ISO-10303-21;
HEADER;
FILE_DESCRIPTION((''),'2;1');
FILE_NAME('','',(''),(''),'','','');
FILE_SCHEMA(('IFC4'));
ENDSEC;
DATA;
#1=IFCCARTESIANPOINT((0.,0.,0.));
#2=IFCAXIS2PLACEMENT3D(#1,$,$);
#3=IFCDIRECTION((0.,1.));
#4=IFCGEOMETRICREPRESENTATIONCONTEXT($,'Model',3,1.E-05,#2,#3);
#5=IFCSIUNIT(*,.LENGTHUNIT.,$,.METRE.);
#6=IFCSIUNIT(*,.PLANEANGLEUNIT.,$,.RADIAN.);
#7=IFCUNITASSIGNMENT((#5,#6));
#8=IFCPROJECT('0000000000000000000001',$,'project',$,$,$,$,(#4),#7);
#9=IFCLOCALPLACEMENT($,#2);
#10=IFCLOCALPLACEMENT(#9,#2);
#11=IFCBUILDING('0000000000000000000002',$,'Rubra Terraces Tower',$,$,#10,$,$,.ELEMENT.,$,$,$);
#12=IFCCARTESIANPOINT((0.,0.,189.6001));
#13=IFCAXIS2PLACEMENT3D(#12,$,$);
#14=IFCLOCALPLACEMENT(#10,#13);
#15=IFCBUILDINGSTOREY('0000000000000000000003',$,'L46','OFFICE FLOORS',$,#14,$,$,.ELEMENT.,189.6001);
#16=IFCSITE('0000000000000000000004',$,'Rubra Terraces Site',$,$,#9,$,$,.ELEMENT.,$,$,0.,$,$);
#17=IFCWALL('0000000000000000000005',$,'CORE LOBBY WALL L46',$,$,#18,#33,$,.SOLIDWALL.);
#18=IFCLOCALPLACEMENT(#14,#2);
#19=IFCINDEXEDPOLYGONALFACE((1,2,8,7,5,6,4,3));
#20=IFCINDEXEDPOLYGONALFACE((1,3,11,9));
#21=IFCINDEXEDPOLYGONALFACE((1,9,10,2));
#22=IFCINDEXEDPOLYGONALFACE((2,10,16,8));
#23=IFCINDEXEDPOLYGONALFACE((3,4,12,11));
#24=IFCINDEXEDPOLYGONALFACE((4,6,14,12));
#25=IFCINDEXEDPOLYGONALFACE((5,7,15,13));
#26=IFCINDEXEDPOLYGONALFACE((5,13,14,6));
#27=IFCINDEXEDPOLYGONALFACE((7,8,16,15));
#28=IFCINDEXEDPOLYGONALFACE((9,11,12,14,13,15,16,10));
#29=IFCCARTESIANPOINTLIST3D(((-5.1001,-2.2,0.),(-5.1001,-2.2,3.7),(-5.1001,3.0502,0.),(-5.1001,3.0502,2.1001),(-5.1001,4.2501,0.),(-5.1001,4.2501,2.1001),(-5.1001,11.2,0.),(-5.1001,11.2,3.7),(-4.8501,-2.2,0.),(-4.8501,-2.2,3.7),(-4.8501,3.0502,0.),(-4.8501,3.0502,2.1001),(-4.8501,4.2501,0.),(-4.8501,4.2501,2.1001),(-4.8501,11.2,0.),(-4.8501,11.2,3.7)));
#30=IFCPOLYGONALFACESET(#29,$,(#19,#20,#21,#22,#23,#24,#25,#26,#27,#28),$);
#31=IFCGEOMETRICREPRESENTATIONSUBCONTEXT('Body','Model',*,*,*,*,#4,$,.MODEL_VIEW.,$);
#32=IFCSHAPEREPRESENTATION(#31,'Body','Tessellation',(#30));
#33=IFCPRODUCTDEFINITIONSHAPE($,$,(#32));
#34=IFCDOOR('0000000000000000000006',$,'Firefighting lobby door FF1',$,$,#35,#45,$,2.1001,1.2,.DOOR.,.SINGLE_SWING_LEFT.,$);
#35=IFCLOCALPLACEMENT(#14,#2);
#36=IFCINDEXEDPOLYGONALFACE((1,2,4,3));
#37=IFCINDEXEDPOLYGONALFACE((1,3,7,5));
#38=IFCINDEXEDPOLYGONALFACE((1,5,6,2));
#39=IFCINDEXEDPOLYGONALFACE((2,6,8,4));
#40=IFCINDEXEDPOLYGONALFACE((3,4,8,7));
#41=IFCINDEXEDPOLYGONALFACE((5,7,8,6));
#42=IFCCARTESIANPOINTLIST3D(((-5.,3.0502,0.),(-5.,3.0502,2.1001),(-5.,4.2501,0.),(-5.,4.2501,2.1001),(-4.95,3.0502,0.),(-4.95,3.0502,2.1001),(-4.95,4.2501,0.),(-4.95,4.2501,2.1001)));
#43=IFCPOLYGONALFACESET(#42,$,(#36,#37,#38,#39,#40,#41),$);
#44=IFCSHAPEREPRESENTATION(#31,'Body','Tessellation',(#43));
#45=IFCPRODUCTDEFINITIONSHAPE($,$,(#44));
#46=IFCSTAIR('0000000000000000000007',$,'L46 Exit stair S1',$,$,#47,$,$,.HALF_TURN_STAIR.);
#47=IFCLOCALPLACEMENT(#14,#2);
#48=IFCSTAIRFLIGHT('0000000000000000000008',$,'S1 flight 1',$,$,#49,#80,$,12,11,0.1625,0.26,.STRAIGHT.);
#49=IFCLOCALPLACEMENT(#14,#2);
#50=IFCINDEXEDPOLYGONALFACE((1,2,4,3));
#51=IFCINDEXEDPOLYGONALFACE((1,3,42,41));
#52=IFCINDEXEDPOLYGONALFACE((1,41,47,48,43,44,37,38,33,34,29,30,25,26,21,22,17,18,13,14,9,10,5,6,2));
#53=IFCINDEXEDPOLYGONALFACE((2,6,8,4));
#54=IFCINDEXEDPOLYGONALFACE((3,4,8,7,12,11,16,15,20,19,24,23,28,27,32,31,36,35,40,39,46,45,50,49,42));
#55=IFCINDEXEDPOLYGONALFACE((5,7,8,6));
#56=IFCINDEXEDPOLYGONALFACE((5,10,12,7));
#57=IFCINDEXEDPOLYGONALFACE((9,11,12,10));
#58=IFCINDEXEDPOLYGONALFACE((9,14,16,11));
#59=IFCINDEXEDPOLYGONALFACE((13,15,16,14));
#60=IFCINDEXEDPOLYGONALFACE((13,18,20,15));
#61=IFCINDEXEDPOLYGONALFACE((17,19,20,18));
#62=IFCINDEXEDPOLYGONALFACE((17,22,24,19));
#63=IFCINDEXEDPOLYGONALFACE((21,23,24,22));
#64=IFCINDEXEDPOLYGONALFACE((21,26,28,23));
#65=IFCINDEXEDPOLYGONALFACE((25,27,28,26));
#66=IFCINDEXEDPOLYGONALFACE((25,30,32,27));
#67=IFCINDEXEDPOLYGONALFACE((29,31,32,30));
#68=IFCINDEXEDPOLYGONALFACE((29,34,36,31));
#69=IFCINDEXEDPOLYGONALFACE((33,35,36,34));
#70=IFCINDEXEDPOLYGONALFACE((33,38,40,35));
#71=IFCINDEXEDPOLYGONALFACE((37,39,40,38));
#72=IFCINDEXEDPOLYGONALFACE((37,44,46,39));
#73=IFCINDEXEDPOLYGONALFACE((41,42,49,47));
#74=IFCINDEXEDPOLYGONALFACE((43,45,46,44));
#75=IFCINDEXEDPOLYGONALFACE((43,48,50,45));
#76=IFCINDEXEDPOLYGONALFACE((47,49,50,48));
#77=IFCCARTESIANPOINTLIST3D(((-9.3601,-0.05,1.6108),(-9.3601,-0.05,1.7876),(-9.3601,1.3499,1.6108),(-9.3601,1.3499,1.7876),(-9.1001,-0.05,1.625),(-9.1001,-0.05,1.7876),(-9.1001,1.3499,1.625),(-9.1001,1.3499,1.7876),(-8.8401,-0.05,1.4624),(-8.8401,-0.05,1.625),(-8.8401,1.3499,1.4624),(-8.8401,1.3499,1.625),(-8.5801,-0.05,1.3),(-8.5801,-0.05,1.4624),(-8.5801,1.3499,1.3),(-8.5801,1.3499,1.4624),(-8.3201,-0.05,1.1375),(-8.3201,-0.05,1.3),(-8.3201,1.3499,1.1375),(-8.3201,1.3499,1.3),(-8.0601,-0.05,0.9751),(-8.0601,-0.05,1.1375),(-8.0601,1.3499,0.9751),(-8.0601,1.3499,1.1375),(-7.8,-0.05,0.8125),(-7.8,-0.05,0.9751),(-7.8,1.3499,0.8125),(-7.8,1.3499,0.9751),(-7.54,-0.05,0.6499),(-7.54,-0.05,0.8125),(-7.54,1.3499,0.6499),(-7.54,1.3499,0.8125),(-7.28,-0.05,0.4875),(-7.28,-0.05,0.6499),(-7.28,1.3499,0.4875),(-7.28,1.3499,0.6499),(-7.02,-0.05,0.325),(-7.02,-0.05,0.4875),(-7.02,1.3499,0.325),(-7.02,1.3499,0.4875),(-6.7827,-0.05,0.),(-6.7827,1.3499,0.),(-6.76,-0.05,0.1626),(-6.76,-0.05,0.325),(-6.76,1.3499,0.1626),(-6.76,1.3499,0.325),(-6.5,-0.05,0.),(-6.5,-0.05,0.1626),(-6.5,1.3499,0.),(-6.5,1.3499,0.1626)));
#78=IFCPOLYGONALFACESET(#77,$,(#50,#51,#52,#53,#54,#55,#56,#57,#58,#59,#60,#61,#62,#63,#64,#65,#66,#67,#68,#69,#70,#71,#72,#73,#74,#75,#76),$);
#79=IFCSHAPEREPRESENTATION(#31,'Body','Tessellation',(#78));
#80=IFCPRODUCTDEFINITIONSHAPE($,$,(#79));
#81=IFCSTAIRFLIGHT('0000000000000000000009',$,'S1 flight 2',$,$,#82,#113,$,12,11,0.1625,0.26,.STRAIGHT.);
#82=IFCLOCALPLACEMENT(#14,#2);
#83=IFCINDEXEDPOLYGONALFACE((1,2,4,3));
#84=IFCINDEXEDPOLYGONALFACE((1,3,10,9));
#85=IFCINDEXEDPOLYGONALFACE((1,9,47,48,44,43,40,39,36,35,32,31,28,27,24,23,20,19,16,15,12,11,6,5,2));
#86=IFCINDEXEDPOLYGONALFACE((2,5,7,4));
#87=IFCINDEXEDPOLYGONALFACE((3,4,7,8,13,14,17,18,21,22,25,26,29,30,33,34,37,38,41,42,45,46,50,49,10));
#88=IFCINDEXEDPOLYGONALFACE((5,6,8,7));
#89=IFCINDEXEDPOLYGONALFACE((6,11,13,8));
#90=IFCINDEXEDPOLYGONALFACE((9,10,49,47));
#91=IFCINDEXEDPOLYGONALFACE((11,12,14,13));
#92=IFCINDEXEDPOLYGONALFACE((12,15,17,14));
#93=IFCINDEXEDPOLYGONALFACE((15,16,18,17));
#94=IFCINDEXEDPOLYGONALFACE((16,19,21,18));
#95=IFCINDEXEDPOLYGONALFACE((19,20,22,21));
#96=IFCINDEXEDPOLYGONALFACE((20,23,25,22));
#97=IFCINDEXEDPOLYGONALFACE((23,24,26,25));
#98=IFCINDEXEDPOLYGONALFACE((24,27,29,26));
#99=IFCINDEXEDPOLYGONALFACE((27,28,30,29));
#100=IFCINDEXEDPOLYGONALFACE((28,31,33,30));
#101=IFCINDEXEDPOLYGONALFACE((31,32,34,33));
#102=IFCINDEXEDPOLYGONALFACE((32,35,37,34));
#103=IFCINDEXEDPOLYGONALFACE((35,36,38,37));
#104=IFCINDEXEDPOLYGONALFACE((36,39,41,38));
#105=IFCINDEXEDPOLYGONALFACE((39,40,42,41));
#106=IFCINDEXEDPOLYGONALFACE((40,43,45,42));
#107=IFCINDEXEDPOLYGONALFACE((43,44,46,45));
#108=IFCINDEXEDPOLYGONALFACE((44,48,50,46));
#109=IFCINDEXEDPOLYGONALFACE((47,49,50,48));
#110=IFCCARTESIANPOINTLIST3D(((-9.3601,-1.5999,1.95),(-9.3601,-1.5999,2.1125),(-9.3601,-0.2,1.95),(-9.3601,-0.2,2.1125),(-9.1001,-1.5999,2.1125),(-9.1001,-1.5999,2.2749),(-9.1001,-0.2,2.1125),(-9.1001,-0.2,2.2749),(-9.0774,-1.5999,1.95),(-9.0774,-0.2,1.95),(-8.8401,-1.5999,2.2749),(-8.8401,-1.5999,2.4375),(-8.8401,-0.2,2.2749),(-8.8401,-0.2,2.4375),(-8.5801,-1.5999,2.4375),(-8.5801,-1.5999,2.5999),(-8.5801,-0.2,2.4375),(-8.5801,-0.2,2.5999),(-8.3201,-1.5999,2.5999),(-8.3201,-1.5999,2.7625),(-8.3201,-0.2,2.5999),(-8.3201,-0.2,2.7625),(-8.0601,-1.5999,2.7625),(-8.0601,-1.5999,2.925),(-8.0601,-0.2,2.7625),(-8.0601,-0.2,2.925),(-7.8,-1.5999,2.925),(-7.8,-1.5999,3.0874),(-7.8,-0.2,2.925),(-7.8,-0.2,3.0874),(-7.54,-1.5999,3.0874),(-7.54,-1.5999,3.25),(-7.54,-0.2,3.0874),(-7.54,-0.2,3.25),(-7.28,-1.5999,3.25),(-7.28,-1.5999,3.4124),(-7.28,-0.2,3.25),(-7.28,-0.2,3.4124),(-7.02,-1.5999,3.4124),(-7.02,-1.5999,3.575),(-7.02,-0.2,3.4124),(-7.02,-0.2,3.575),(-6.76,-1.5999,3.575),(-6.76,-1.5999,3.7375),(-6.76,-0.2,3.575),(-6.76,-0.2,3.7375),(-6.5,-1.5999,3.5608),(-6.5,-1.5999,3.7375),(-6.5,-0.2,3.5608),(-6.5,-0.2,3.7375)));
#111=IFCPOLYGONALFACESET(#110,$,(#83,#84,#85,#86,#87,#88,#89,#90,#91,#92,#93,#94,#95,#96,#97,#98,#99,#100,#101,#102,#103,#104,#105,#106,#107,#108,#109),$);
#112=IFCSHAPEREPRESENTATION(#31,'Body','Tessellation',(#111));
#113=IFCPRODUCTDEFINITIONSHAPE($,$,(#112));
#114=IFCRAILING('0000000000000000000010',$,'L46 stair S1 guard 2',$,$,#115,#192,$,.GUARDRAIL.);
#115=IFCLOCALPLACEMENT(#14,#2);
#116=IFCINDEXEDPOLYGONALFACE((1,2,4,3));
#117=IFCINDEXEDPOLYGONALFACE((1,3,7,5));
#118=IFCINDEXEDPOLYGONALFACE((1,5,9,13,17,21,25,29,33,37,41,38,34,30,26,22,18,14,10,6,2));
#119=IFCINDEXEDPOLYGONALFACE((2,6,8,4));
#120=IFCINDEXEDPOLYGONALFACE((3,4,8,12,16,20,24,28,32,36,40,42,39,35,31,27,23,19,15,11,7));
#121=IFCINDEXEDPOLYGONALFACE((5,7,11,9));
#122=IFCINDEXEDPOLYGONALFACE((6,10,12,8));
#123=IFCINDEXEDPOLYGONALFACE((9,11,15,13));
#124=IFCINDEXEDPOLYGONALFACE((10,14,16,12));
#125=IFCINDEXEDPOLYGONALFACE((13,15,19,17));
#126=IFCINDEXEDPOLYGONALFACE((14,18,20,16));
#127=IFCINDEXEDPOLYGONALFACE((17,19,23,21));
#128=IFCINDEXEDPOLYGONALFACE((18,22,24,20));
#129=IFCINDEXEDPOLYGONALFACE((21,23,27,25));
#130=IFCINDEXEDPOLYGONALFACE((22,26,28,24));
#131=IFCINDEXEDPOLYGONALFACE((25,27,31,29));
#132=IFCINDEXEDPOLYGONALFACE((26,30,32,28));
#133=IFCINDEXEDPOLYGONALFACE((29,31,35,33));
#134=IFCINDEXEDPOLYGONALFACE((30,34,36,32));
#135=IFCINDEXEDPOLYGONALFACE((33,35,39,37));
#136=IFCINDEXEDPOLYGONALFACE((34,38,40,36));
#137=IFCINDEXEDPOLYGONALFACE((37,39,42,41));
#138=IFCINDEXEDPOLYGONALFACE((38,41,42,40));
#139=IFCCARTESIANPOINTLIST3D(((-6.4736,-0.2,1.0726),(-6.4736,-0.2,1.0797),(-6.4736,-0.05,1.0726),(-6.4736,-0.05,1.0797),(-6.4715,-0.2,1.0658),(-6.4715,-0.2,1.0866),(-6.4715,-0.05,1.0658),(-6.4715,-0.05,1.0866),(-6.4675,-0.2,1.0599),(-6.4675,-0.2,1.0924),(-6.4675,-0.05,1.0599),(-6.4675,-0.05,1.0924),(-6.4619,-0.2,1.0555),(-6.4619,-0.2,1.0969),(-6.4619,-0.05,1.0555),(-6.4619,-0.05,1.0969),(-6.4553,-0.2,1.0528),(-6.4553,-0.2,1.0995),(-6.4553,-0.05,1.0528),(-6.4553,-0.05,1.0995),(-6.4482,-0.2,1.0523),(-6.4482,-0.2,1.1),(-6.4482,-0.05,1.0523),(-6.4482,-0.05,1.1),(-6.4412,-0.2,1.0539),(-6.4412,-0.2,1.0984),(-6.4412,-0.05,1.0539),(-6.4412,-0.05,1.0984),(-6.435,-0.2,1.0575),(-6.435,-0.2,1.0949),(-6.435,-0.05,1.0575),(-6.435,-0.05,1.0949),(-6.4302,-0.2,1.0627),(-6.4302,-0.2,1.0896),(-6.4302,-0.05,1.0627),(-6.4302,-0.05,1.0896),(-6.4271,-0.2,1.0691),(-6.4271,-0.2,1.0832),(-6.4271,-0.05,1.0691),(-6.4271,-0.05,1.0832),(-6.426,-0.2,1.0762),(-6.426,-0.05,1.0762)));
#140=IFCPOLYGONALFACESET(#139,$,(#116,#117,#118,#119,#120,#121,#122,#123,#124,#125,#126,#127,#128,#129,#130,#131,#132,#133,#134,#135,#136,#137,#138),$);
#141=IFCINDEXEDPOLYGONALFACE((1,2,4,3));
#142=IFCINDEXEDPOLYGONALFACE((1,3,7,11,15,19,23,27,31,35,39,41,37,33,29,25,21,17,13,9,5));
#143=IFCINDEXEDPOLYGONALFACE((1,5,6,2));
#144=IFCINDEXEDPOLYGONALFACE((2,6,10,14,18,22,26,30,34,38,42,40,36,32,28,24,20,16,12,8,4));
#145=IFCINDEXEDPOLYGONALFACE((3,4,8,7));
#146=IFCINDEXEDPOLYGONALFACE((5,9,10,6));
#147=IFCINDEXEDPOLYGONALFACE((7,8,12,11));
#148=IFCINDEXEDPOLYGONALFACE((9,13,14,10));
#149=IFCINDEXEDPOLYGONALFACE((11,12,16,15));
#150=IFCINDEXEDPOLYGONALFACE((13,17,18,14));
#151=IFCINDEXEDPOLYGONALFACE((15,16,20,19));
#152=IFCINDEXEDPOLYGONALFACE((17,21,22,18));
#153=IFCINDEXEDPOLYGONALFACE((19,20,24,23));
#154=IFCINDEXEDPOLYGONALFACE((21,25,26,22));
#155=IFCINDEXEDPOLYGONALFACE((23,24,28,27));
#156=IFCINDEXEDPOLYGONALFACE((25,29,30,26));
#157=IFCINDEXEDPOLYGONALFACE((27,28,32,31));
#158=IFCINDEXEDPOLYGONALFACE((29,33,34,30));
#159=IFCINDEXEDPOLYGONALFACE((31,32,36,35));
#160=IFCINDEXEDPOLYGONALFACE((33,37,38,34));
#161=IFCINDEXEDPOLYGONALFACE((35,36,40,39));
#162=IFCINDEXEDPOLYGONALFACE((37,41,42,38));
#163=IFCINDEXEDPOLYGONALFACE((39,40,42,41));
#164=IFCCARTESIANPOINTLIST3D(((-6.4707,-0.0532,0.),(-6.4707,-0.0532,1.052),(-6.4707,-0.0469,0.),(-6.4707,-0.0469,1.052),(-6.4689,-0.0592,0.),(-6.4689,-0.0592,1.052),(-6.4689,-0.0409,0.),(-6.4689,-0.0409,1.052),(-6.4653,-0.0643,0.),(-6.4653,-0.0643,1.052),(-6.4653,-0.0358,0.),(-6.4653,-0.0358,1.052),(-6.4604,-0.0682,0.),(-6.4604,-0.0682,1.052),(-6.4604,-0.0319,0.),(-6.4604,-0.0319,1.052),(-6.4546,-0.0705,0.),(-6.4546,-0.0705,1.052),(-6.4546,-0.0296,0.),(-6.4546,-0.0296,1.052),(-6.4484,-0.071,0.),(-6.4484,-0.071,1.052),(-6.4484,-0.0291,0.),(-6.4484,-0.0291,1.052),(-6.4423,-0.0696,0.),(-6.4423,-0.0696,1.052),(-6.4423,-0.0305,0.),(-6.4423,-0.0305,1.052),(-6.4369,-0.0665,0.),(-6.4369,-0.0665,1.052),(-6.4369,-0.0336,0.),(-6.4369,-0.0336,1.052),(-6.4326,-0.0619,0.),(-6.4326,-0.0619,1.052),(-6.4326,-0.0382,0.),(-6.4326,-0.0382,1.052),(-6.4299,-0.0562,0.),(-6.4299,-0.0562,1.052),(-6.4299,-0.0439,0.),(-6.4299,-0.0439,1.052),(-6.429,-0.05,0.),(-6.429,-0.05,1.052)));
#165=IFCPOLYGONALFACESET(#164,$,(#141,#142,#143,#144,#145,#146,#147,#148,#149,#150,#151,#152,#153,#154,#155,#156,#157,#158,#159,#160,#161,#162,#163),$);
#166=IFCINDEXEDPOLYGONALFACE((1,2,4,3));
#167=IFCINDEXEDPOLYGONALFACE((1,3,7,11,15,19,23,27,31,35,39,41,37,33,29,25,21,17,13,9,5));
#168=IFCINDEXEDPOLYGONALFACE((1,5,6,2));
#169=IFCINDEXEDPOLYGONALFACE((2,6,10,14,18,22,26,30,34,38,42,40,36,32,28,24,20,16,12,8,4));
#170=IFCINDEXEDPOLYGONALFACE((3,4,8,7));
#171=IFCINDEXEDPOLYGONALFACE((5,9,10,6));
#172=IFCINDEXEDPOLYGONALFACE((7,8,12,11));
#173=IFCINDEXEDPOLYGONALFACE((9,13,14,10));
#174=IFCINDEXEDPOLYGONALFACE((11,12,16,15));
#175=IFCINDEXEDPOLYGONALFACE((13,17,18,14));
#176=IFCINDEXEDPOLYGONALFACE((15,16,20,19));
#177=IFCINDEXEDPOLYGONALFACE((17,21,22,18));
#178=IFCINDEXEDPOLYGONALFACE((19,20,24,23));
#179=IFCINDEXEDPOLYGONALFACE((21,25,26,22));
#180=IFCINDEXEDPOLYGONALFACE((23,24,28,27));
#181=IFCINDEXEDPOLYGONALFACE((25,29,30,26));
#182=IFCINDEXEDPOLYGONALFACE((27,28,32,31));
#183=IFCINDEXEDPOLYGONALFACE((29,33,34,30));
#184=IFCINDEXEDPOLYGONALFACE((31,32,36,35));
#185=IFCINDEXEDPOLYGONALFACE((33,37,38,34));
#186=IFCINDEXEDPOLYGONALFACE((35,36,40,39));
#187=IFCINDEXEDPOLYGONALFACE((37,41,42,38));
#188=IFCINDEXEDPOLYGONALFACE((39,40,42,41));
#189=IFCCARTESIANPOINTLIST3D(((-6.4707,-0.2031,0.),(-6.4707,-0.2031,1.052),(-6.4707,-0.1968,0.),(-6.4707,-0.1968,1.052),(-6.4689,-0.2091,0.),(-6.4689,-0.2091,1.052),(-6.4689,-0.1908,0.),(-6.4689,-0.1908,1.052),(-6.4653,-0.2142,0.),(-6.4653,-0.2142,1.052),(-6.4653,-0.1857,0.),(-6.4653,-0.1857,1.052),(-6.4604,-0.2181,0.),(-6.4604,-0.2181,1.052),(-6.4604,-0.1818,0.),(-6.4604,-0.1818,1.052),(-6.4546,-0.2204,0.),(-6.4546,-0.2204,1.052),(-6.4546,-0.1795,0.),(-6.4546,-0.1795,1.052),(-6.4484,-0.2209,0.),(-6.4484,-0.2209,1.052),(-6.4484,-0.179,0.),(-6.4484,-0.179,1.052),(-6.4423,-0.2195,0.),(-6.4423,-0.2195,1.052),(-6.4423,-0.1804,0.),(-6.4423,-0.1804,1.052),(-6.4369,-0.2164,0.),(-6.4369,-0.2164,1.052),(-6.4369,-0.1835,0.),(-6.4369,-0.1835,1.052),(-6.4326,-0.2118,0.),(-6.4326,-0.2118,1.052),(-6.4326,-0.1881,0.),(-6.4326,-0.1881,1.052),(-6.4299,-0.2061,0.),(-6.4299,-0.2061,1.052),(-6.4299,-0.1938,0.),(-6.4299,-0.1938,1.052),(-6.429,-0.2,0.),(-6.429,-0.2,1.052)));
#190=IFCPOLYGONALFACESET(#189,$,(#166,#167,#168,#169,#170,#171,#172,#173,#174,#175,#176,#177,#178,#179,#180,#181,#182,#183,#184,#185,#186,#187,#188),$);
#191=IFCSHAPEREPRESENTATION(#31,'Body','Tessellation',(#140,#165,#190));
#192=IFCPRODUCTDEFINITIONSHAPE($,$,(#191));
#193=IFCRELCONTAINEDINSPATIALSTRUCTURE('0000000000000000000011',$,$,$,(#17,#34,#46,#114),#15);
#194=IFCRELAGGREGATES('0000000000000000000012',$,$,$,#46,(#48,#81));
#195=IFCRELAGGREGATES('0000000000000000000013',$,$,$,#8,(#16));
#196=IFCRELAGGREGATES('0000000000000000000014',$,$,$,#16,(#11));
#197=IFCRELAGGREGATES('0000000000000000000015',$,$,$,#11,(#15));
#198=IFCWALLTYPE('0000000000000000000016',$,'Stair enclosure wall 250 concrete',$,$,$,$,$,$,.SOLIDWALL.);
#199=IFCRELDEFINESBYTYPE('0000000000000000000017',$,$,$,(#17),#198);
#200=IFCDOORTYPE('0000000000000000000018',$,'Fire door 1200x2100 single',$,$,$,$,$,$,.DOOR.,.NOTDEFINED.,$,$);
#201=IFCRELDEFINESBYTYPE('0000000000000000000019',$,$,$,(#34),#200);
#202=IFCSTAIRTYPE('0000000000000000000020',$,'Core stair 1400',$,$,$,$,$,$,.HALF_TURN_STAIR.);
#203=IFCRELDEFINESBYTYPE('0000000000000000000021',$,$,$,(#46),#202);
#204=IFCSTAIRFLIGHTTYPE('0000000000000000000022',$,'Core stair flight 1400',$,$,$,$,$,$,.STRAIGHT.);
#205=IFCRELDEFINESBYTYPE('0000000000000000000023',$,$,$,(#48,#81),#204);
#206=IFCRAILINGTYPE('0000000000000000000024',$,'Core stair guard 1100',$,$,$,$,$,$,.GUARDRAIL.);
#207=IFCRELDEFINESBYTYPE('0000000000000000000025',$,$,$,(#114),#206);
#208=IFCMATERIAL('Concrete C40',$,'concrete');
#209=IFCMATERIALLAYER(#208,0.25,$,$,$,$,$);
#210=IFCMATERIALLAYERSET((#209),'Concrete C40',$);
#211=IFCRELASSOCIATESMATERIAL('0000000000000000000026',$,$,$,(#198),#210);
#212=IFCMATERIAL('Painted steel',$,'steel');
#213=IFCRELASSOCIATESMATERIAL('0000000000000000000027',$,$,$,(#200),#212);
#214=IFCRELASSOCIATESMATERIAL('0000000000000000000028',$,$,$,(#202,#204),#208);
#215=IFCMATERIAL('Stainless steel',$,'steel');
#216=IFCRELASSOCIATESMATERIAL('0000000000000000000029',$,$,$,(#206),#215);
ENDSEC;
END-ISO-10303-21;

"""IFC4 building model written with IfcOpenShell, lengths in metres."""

from ifc_helpers import new_model, si_unit, direction, frame, frame_2d, origin, origin_2d, place, context, subcontext, project, spatial, polyline, rectangle, circle, outline, extrude, material, layer, layer_set, type_object, element, fill, aggregate, save


model = new_model("IFC4")

# Units and contexts
model_context = context("Model", 3, precision=1e-05, world=origin(), true_north=direction((0.0, 1.0)))
body_context = subcontext(model_context, "Body", "Model", "MODEL_VIEW")
ifc_project = project(units=[si_unit("LENGTHUNIT", "METRE"), si_unit("PLANEANGLEUNIT", "RADIAN")], contexts=[model_context])

# Site, building, storey
site_placement = place(None, origin())
site = spatial("IfcSite", under=ifc_project, at=site_placement, Name="Rubra Terraces Site", CompositionType="ELEMENT", RefElevation=0.0)
building_placement = place(site_placement, origin())
building = spatial("IfcBuilding", under=site, at=building_placement, Name="Rubra Terraces Tower", CompositionType="ELEMENT")
storey_placement = place(building_placement, frame((0.0, 0.0, 189.6001)))
storey = spatial("IfcBuildingStorey", under=building, at=storey_placement, Name="L46", Description="OFFICE FLOORS", CompositionType="ELEMENT", Elevation=189.6001)

# Shared definitions
ifc_material_1 = material(Name="Painted steel", Category="steel")

# Shared definitions
ifc_material_2 = material(Name="Concrete C40", Category="concrete")

# Wall, opening, door
ifc_layer_1 = layer(ifc_material_2, 0.25)
ifc_layer_set_1 = layer_set([ifc_layer_1], Name="Concrete C40")
wall_type_1 = type_object("IfcWallType", Name="Stair enclosure wall 250 concrete", PredefinedType="SOLIDWALL", material=ifc_layer_set_1)
wall_1_placement = place(storey_placement, frame((-4.9751, -2.2, 0.0), z_axis=(0.0, 0.0, 1.0), x_axis=(0.0, 1.0, 0.0)))
wall_1 = element("IfcWall", 1, at=wall_1_placement, inside=storey, type_object=wall_type_1, Name="CORE LOBBY WALL L46", PredefinedType="SOLIDWALL", context=body_context, shape_type="SweptSolid", body=[
    extrude(rectangle(XDim=13.3999, YDim=0.25, at=frame_2d((6.7, 0.0))), origin(), (0.0, 0.0, 1.0), 3.7),
])
opening_1_placement = place(wall_1_placement, frame((5.25, 0.0, 0.0)))
opening_1 = element("IfcOpeningElement", 2, at=opening_1_placement, cuts=wall_1, PredefinedType="OPENING", context=body_context, shape_type="SweptSolid", body=[
    extrude(rectangle(XDim=1.2, YDim=2.1001, at=frame_2d((0.6001, 1.05))), frame((0.0, 0.135, 0.0), z_axis=(0.0, -1.0, 0.0), x_axis=(1.0, 0.0, 0.0)), (0.0, 0.0, 1.0), 0.27),
])
door_type_1 = type_object("IfcDoorType", Name="Fire door 1200x2100 single", OperationType="NOTDEFINED", PredefinedType="DOOR", material=ifc_material_1)
door_1_placement = place(opening_1_placement, origin())
door_1 = element("IfcDoor", 3, at=door_1_placement, inside=storey, type_object=door_type_1, Name="Firefighting lobby door FF1", OperationType="SINGLE_SWING_LEFT", OverallHeight=2.1001, OverallWidth=1.2, PredefinedType="DOOR", context=body_context, shape_type="SweptSolid", body=[
    extrude(rectangle(XDim=1.2, YDim=2.1001, at=frame_2d((0.6001, 1.05))), frame((0.0, 0.0249, 0.0), z_axis=(0.0, -1.0, 0.0), x_axis=(1.0, 0.0, 0.0)), (0.0, 0.0, 1.0), 0.05),
])
fill(opening_1, door_1)

# Stair, stair flights
stair_type = type_object("IfcStairType", Name="Core stair 1400", PredefinedType="HALF_TURN_STAIR", material=ifc_material_2)
stair_placement = place(storey_placement, origin())
stair = element("IfcStair", 4, at=stair_placement, inside=storey, type_object=stair_type, Name="L46 Exit stair S1", PredefinedType="HALF_TURN_STAIR")
stair_flight_type = type_object("IfcStairFlightType", Name="Core stair flight 1400", PredefinedType="STRAIGHT", material=ifc_material_2)
stair_flight_1_placement = place(storey_placement, frame((-6.5, 0.6499, 0.0), z_axis=(0.0, 0.0, 1.0), x_axis=(-1.0, 0.0, 0.0)))
stair_flight_1 = element("IfcStairFlight", 5, at=stair_flight_1_placement, type_object=stair_flight_type, Name="S1 flight 1", NumberOfRisers=12, NumberOfTreads=11, PredefinedType="STRAIGHT", RiserHeight=0.1625, TreadLength=0.26, context=body_context, shape_type="SweptSolid", body=[
    extrude(outline(polyline([(0.0, 0.0), (0.0, 0.1626), (0.26, 0.1626), (0.26, 0.325), (0.52, 0.325), (0.52, 0.4875), (0.78, 0.4875), (0.78, 0.6499), (1.04, 0.6499), (1.04, 0.8125), (1.3, 0.8125), (1.3, 0.9751), (1.5601, 0.9751), (1.5601, 1.1375), (1.8201, 1.1375), (1.8201, 1.3), (2.0801, 1.3), (2.0801, 1.4624), (2.3401, 1.4624), (2.3401, 1.625), (2.6001, 1.625), (2.6001, 1.7876), (2.8601, 1.7876), (2.8601, 1.95), (2.8601, 1.6108), (0.2827, 0.0), (0.0, 0.0)])), frame((0.0, 0.7, 0.0), z_axis=(0.0, -1.0, 0.0), x_axis=(1.0, 0.0, 0.0)), (0.0, 0.0, 1.0), 1.3999),
])
stair_flight_2_placement = place(storey_placement, frame((-9.3601, -0.8999, 1.95), z_axis=(0.0, 0.0, 1.0), x_axis=(1.0, 0.0, 0.0)))
stair_flight_2 = element("IfcStairFlight", 6, at=stair_flight_2_placement, type_object=stair_flight_type, Name="S1 flight 2", NumberOfRisers=12, NumberOfTreads=11, PredefinedType="STRAIGHT", RiserHeight=0.1625, TreadLength=0.26, context=body_context, shape_type="SweptSolid", body=[
    extrude(outline(polyline([(0.0, 0.0), (0.0, 0.1626), (0.26, 0.1626), (0.26, 0.325), (0.52, 0.325), (0.52, 0.4875), (0.78, 0.4875), (0.78, 0.6499), (1.04, 0.6499), (1.04, 0.8125), (1.3, 0.8125), (1.3, 0.9751), (1.5601, 0.9751), (1.5601, 1.1375), (1.8201, 1.1375), (1.8201, 1.3), (2.0801, 1.3), (2.0801, 1.4624), (2.3401, 1.4624), (2.3401, 1.625), (2.6001, 1.625), (2.6001, 1.7876), (2.8601, 1.7876), (2.8601, 1.95), (2.8601, 1.6108), (0.2827, 0.0), (0.0, 0.0)])), frame((0.0, 0.7, 0.0), z_axis=(0.0, -1.0, 0.0), x_axis=(1.0, 0.0, 0.0)), (0.0, 0.0, 1.0), 1.3999),
])
aggregate(stair, [stair_flight_1, stair_flight_2])

# Railing
ifc_material_3 = material(Name="Stainless steel", Category="steel")
railing_type = type_object("IfcRailingType", Name="Core stair guard 1100", PredefinedType="GUARDRAIL", material=ifc_material_3)
railing_1_placement = place(storey_placement, frame((-6.45, -0.05, 0.0)))
element("IfcRailing", 7, at=railing_1_placement, inside=storey, type_object=railing_type, Name="L46 stair S1 guard 2", PredefinedType="GUARDRAIL", context=body_context, shape_type="SweptSolid", body=[
    extrude(circle(Radius=0.0239, at=origin_2d()), frame((0.0, 0.0, 1.0762), z_axis=(0.0, -1.0, 0.0), x_axis=(1.0, 0.0, 0.0)), (0.0, 0.0, 1.0), 0.1499),
    extrude(circle(Radius=0.021, at=origin_2d()), origin(), (0.0, 0.0, 1.0), 1.052),
    extrude(circle(Radius=0.021, at=origin_2d()), frame((0.0, -0.1499, 0.0)), (0.0, 0.0, 1.0), 1.052),
])

save(model, "model.ifc")
